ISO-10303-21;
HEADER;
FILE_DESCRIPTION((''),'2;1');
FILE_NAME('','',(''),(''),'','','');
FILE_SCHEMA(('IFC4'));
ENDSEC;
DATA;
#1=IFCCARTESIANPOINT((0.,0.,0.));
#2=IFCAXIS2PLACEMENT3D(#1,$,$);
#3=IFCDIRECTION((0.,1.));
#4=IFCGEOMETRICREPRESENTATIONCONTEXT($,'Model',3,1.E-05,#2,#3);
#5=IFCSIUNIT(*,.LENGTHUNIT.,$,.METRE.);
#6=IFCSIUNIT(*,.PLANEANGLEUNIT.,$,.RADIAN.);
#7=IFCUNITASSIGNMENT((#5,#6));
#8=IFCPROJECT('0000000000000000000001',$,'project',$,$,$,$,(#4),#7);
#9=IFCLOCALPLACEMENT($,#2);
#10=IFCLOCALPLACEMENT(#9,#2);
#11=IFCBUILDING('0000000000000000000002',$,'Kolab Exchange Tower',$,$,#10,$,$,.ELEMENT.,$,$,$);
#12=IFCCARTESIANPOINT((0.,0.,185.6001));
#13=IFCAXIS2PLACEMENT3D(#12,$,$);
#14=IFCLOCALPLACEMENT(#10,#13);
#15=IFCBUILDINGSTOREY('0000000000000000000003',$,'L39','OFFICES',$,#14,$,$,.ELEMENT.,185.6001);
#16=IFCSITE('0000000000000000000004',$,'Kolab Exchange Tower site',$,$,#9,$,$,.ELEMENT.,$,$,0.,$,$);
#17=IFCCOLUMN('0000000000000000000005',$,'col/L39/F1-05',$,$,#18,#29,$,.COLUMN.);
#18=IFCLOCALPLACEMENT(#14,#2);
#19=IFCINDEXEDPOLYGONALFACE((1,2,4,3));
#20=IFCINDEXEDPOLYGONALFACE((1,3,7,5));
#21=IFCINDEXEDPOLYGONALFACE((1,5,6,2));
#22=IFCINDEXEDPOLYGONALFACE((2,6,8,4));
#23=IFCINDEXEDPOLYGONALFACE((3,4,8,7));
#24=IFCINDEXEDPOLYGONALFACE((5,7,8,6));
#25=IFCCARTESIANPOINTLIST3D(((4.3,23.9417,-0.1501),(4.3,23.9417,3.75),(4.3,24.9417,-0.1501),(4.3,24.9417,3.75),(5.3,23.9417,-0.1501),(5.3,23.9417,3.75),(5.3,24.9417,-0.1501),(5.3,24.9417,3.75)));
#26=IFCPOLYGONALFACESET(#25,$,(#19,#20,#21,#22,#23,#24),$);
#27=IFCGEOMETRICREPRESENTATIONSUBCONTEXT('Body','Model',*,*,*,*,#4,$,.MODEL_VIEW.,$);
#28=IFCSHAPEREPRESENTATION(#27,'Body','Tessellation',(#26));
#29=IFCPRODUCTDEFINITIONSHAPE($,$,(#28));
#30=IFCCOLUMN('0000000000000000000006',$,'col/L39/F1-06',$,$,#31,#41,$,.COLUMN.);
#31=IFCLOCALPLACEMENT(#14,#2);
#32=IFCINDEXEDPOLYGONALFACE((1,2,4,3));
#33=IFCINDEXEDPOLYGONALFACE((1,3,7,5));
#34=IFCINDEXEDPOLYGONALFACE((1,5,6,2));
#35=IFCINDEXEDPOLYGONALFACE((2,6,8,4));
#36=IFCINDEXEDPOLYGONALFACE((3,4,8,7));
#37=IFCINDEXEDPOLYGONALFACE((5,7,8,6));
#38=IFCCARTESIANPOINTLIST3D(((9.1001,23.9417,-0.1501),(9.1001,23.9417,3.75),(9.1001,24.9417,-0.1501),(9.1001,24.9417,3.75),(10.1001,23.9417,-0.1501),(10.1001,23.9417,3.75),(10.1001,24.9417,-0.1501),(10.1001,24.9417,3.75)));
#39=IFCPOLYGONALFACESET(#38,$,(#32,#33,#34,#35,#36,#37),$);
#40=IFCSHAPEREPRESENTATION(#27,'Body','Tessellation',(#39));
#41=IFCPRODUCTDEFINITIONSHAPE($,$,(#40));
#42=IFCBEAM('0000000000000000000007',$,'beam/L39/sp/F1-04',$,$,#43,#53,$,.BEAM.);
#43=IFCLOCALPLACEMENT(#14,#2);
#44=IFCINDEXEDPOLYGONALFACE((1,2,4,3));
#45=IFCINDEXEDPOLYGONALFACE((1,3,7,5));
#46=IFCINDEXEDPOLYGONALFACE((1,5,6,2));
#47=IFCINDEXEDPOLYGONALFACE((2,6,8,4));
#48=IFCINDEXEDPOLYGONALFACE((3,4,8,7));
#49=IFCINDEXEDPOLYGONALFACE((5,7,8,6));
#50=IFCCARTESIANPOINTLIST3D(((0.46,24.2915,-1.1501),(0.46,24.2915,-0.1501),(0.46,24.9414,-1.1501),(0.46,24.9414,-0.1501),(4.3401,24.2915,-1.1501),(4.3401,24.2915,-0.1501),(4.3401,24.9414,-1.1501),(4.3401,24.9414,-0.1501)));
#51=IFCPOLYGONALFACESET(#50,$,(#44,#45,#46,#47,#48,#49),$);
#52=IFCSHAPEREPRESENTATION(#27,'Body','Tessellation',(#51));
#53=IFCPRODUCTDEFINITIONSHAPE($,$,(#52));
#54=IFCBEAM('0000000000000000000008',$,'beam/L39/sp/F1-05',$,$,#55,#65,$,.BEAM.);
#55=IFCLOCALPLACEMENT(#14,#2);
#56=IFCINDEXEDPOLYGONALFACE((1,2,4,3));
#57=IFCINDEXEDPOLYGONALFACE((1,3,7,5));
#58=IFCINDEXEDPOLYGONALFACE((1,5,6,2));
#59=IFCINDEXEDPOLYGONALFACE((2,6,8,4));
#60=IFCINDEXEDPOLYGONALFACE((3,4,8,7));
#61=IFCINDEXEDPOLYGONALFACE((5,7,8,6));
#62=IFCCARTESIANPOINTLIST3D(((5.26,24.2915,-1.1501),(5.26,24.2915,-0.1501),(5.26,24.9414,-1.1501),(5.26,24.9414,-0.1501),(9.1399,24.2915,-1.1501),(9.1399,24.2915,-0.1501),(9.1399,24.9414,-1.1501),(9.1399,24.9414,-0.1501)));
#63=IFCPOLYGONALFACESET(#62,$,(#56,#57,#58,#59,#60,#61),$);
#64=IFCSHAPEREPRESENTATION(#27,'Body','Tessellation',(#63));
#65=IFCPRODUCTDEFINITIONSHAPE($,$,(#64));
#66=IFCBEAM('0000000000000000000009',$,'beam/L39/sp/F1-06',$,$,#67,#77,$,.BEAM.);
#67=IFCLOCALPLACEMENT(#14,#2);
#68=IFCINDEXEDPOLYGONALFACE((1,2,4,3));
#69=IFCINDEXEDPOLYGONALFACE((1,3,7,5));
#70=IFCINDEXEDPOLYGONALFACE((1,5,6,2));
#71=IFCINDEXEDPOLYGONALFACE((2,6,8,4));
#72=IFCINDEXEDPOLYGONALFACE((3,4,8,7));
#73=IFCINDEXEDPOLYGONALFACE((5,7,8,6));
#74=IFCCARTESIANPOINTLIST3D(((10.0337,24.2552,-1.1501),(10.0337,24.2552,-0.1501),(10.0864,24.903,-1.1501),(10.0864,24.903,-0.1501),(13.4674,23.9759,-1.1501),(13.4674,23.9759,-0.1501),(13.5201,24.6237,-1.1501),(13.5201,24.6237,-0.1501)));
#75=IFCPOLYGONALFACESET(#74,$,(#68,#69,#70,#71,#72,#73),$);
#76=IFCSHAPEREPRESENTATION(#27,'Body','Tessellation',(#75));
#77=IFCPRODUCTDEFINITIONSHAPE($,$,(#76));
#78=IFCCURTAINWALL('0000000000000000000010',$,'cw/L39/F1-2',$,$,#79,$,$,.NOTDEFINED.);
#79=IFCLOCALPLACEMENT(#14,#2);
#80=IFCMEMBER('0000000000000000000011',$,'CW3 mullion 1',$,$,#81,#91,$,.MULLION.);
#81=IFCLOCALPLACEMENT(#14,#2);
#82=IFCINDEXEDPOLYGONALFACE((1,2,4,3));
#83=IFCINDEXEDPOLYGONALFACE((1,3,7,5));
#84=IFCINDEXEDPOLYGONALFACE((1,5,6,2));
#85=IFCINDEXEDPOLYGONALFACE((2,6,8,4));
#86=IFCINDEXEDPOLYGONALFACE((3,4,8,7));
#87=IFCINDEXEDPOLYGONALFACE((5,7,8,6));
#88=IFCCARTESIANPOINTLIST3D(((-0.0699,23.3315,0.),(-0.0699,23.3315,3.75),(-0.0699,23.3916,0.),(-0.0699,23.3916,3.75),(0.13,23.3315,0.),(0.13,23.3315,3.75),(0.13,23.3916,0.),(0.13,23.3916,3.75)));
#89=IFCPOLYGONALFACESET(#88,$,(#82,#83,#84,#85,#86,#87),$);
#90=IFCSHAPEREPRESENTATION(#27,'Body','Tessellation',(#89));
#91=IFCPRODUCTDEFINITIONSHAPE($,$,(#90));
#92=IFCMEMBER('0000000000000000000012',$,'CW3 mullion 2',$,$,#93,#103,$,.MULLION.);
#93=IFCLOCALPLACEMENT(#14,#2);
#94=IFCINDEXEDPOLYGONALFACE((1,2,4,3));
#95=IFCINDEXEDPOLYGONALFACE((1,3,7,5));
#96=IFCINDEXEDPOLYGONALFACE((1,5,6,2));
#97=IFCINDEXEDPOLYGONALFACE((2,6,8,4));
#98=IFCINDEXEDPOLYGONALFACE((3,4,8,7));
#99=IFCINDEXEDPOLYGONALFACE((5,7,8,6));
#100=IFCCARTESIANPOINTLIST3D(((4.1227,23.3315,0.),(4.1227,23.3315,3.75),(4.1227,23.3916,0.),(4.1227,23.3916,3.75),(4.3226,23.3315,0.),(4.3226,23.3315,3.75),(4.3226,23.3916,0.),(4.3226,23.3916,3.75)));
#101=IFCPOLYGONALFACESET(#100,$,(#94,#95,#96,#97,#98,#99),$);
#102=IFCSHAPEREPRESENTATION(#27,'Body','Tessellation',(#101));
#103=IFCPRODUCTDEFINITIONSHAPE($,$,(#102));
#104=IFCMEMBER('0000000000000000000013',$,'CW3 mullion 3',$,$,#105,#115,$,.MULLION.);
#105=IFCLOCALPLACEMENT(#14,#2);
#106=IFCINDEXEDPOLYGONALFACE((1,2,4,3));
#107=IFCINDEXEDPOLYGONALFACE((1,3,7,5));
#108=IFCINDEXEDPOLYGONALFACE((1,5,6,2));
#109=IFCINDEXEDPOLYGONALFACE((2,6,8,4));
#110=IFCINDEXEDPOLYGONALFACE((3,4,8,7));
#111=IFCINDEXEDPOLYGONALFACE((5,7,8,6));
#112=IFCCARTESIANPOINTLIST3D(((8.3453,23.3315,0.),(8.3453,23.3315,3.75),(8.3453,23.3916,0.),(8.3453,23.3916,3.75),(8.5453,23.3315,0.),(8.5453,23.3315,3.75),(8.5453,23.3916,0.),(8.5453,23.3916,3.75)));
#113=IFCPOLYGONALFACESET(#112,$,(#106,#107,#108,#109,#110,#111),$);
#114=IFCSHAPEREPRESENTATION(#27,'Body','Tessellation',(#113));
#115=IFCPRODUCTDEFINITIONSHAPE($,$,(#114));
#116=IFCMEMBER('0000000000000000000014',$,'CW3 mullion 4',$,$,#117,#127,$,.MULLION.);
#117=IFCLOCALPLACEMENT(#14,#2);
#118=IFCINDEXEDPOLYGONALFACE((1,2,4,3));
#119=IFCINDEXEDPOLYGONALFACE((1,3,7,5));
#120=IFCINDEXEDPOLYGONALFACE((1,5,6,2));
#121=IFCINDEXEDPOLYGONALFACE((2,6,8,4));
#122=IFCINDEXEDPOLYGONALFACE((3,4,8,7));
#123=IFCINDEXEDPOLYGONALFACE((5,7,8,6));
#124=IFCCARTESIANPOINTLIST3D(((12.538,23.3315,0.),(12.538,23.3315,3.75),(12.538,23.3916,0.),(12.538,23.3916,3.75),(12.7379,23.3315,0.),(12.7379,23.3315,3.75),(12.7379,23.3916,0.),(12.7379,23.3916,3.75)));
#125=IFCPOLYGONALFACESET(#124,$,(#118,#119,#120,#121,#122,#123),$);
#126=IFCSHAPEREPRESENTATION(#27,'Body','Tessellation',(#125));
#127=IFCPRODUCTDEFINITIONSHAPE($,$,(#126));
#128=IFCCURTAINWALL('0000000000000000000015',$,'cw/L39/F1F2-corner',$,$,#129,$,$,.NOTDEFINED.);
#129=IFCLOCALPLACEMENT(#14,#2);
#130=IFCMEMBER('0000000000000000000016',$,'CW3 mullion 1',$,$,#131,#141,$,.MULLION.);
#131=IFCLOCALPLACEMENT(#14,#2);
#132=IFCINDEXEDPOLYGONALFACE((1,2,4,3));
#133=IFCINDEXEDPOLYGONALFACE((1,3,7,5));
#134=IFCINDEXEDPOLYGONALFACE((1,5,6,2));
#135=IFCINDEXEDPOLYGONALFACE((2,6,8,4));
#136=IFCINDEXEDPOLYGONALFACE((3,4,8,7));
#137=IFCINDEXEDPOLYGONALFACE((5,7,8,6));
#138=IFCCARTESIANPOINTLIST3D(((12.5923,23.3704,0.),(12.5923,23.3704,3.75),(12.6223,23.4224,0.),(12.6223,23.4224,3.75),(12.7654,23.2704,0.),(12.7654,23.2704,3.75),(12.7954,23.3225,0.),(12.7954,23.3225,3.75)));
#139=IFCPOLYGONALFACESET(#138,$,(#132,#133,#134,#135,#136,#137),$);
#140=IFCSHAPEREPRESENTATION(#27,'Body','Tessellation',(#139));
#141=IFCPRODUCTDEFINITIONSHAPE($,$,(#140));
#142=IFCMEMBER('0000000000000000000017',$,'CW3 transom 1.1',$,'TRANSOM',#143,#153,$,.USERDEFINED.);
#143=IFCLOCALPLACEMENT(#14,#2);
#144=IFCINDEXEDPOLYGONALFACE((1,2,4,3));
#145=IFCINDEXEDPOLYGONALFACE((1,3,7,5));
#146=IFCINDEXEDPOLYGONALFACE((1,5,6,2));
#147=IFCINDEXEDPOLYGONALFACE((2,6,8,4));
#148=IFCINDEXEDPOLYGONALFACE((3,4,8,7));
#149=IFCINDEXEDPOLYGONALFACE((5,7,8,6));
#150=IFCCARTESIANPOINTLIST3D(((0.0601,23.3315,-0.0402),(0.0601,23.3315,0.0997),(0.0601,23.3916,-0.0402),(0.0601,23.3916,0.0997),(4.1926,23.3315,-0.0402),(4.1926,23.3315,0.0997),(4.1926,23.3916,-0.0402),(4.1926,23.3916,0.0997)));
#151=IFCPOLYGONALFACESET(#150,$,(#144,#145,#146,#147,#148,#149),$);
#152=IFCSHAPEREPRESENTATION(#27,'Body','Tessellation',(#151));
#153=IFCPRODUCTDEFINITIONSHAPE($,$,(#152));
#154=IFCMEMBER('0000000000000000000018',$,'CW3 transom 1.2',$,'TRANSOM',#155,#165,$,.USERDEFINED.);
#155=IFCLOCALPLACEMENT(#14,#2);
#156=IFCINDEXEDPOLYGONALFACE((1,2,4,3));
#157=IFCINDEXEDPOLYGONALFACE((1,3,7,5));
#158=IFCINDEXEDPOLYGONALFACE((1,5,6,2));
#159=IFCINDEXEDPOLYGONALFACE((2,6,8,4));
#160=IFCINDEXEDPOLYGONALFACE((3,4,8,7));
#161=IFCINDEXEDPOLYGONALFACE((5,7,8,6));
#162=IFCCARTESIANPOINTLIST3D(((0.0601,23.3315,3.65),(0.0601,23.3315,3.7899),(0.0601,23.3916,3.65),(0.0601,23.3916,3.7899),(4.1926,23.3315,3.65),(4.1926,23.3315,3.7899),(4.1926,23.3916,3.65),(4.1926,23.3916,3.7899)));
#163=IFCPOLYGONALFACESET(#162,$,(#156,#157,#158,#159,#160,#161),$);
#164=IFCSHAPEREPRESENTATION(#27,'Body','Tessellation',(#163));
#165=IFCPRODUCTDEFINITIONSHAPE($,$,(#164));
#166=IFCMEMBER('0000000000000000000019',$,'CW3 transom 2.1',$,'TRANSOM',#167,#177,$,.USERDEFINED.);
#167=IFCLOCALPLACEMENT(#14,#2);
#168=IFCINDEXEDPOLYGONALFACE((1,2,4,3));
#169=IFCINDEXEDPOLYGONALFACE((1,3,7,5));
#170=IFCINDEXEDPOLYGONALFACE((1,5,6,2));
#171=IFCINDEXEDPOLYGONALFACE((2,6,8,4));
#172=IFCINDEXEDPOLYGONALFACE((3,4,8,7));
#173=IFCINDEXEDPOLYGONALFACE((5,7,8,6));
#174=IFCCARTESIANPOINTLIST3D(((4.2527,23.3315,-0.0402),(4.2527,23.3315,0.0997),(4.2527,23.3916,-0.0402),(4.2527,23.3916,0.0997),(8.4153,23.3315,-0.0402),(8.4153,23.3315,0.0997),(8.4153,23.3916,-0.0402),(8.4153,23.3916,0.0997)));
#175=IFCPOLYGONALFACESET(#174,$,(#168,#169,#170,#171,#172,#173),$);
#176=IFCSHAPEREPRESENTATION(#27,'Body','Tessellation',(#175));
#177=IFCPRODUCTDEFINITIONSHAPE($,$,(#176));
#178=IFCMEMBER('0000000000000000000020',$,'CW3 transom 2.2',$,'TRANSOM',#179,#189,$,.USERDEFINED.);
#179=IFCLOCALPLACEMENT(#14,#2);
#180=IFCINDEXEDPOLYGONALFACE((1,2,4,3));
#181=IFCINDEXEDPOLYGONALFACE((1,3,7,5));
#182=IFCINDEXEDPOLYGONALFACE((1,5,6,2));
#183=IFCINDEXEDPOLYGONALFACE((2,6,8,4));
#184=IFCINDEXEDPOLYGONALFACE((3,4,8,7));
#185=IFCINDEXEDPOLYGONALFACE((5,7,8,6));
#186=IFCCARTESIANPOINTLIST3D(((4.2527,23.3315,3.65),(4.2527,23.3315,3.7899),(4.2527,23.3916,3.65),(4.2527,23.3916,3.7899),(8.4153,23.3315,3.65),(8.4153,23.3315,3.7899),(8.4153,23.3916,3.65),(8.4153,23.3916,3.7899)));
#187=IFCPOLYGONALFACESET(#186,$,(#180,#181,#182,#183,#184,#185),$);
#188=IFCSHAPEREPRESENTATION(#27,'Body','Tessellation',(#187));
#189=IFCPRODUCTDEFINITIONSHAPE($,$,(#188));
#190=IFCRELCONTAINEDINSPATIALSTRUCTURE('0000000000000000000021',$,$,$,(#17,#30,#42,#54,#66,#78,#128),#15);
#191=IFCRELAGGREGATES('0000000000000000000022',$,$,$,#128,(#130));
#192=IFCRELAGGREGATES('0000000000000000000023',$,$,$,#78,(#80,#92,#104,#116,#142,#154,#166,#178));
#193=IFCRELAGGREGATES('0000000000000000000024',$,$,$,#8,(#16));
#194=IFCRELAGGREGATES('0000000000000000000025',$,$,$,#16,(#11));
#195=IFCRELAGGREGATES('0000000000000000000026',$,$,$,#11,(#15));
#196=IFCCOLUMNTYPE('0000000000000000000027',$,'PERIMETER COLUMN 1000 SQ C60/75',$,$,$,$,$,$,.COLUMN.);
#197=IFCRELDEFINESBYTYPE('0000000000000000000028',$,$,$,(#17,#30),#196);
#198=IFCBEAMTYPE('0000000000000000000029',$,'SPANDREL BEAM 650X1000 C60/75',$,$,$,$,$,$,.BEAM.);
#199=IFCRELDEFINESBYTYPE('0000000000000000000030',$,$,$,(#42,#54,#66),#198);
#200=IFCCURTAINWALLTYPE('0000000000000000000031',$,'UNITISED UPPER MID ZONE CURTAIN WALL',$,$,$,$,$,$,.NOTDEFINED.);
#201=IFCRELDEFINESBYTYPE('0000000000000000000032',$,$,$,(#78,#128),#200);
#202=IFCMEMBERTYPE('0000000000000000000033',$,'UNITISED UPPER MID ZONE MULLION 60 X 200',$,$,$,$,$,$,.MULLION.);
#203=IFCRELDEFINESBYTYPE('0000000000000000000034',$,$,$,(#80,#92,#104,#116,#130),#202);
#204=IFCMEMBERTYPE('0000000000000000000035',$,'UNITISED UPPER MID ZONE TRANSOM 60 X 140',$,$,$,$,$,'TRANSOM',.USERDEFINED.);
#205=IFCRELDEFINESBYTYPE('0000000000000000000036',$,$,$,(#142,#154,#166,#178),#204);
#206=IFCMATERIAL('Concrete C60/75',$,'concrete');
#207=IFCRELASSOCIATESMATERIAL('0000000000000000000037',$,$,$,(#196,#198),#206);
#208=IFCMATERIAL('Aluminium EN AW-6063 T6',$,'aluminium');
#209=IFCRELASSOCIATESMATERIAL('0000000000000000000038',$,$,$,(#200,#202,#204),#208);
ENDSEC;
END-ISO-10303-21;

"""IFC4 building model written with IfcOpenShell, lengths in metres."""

from ifc_helpers import new_model, si_unit, direction, frame, origin, origin_2d, place, context, subcontext, project, spatial, rectangle, extrude, material, material_profile, profile_set, type_object, element, aggregate, save


model = new_model("IFC4")

# Units and contexts
model_context = context("Model", 3, precision=1e-05, world=origin(), true_north=direction((0.0, 1.0)))
body_context = subcontext(model_context, "Body", "Model", "MODEL_VIEW")
ifc_project = project(units=[si_unit("LENGTHUNIT", "METRE"), si_unit("PLANEANGLEUNIT", "RADIAN")], contexts=[model_context])

# Site, building, storey
site_placement = place(None, origin())
site = spatial("IfcSite", under=ifc_project, at=site_placement, Name="Kolab Exchange Tower site", CompositionType="ELEMENT", RefElevation=0.0)
building_placement = place(site_placement, origin())
building = spatial("IfcBuilding", under=site, at=building_placement, Name="Kolab Exchange Tower", CompositionType="ELEMENT")
storey_placement = place(building_placement, frame((0.0, 0.0, 185.6001)))
storey = spatial("IfcBuildingStorey", under=building, at=storey_placement, Name="L39", Description="OFFICES", CompositionType="ELEMENT", Elevation=185.6001)

# Columns
ifc_material_1 = material(Name="Concrete C60/75", Category="concrete")
ifc_material_profile_1 = material_profile(ifc_material_1, rectangle(XDim=1.0, YDim=1.0, at=origin_2d()), Name="RC1000")
ifc_profile_set_1 = profile_set([ifc_material_profile_1], Name="Concrete C60/75")
column_type = type_object("IfcColumnType", Name="PERIMETER COLUMN 1000 SQ C60/75", PredefinedType="COLUMN", material=ifc_profile_set_1)
for number, where, z_axis, x_axis, name in (
    (1, (4.8, 24.4417, -0.1501), (0.0, 0.0, 1.0), (1.0, 0.0, 0.0), "col/L39/F1-05"),
    (2, (9.6001, 24.4417, -0.1501), (0.0, 0.0, 1.0), (1.0, 0.0, 0.0), "col/L39/F1-06"),
):
    element("IfcColumn", number, at=place(storey_placement, frame(where, z_axis=z_axis, x_axis=x_axis)), inside=storey, type_object=column_type, Name=name, PredefinedType="COLUMN", context=body_context, shape_type="SweptSolid", body=[
        extrude(rectangle(XDim=1.0, YDim=1.0, at=origin_2d()), origin(), (0.0, 0.0, 1.0), 3.9001),
    ])

# Beams
ifc_material_profile_2 = material_profile(ifc_material_1, rectangle(XDim=0.6499, YDim=1.0, at=origin_2d()), Name="RC650X1000")
ifc_profile_set_2 = profile_set([ifc_material_profile_2], Name="Concrete C60/75")
beam_type = type_object("IfcBeamType", Name="SPANDREL BEAM 650X1000 C60/75", PredefinedType="BEAM", material=ifc_profile_set_2)
beam_1_placement = place(storey_placement, frame((0.46, 24.6165, -0.6501), z_axis=(1.0, 0.0, 0.0), x_axis=(0.0, 1.0, 0.0)))
element("IfcBeam", 3, at=beam_1_placement, inside=storey, type_object=beam_type, Name="beam/L39/sp/F1-04", PredefinedType="BEAM", context=body_context, shape_type="SweptSolid", body=[
    extrude(rectangle(XDim=0.6499, YDim=1.0, at=origin_2d()), origin(), (0.0, 0.0, 1.0), 3.8801),
])
beam_2_placement = place(storey_placement, frame((5.26, 24.6165, -0.6501), z_axis=(1.0, 0.0, 0.0), x_axis=(0.0, 1.0, 0.0)))
element("IfcBeam", 4, at=beam_2_placement, inside=storey, type_object=beam_type, Name="beam/L39/sp/F1-05", PredefinedType="BEAM", context=body_context, shape_type="SweptSolid", body=[
    extrude(rectangle(XDim=0.6499, YDim=1.0, at=origin_2d()), origin(), (0.0, 0.0, 1.0), 3.8799),
])
beam_3_placement = place(storey_placement, frame((10.0601, 24.5791, -0.6501), z_axis=(0.996708, -0.081069, 0.0), x_axis=(0.081069, 0.996708, 0.0)))
element("IfcBeam", 5, at=beam_3_placement, inside=storey, type_object=beam_type, Name="beam/L39/sp/F1-06", PredefinedType="BEAM", context=body_context, shape_type="SweptSolid", body=[
    extrude(rectangle(XDim=0.6499, YDim=1.0, at=origin_2d()), origin(), (0.0, 0.0, 1.0), 3.4451),
])

# Curtain wall, members
ifc_material_2 = material(Name="Aluminium EN AW-6063 T6", Category="aluminium")
curtain_wall_type = type_object("IfcCurtainWallType", Name="UNITISED UPPER MID ZONE CURTAIN WALL", PredefinedType="NOTDEFINED", material=ifc_material_2)
curtain_wall_1_placement = place(storey_placement, origin())
curtain_wall_1 = element("IfcCurtainWall", 6, at=curtain_wall_1_placement, inside=storey, type_object=curtain_wall_type, Name="cw/L39/F1-2", PredefinedType="NOTDEFINED")
ifc_material_profile_3 = material_profile(ifc_material_2, rectangle(XDim=0.0601, YDim=0.2, at=origin_2d()), Name="RECT 60X200")
ifc_profile_set_3 = profile_set([ifc_material_profile_3], Name="Aluminium EN AW-6063 T6")
member_type_1 = type_object("IfcMemberType", Name="UNITISED UPPER MID ZONE MULLION 60 X 200", PredefinedType="MULLION", material=ifc_profile_set_3)
member_1_placement = place(storey_placement, frame((0.03, 23.3616, 0.0), z_axis=(0.0, 0.0, 1.0), x_axis=(0.0, 1.0, 0.0)))
member_1 = element("IfcMember", 7, at=member_1_placement, type_object=member_type_1, Name="CW3 mullion 1", PredefinedType="MULLION", context=body_context, shape_type="SweptSolid", body=[
    extrude(rectangle(XDim=0.0601, YDim=0.2, at=origin_2d()), origin(), (0.0, 0.0, 1.0), 3.75),
])
member_2_placement = place(storey_placement, frame((4.2227, 23.3616, 0.0), z_axis=(0.0, 0.0, 1.0), x_axis=(0.0, 1.0, 0.0)))
member_2 = element("IfcMember", 8, at=member_2_placement, type_object=member_type_1, Name="CW3 mullion 2", PredefinedType="MULLION", context=body_context, shape_type="SweptSolid", body=[
    extrude(rectangle(XDim=0.0601, YDim=0.2, at=origin_2d()), origin(), (0.0, 0.0, 1.0), 3.75),
])
member_3_placement = place(storey_placement, frame((8.4453, 23.3616, 0.0), z_axis=(0.0, 0.0, 1.0), x_axis=(0.0, 1.0, 0.0)))
member_3 = element("IfcMember", 9, at=member_3_placement, type_object=member_type_1, Name="CW3 mullion 3", PredefinedType="MULLION", context=body_context, shape_type="SweptSolid", body=[
    extrude(rectangle(XDim=0.0601, YDim=0.2, at=origin_2d()), origin(), (0.0, 0.0, 1.0), 3.75),
])
member_4_placement = place(storey_placement, frame((12.6379, 23.3616, 0.0), z_axis=(0.0, 0.0, 1.0), x_axis=(0.0, 1.0, 0.0)))
member_4 = element("IfcMember", 10, at=member_4_placement, type_object=member_type_1, Name="CW3 mullion 4", PredefinedType="MULLION", context=body_context, shape_type="SweptSolid", body=[
    extrude(rectangle(XDim=0.0601, YDim=0.2, at=origin_2d()), origin(), (0.0, 0.0, 1.0), 3.75),
])

# Curtain wall, member
curtain_wall_2_placement = place(storey_placement, origin())
curtain_wall_2 = element("IfcCurtainWall", 11, at=curtain_wall_2_placement, inside=storey, type_object=curtain_wall_type, Name="cw/L39/F1F2-corner", PredefinedType="NOTDEFINED")
member_5_placement = place(storey_placement, frame((12.6938, 23.3464, 0.0), z_axis=(0.0, 0.0, 1.0), x_axis=(0.5, 0.866025, 0.0)))
member_5 = element("IfcMember", 12, at=member_5_placement, type_object=member_type_1, Name="CW3 mullion 1", PredefinedType="MULLION", context=body_context, shape_type="SweptSolid", body=[
    extrude(rectangle(XDim=0.0601, YDim=0.2, at=origin_2d()), origin(), (0.0, 0.0, 1.0), 3.75),
])

# Members
ifc_material_profile_4 = material_profile(ifc_material_2, rectangle(XDim=0.0601, YDim=0.1399, at=origin_2d()), Name="RECT 60X140")
ifc_profile_set_4 = profile_set([ifc_material_profile_4], Name="Aluminium EN AW-6063 T6")
member_type_2 = type_object("IfcMemberType", Name="UNITISED UPPER MID ZONE TRANSOM 60 X 140", ElementType="TRANSOM", PredefinedType="USERDEFINED", material=ifc_profile_set_4)
member_6_placement = place(storey_placement, frame((0.0601, 23.3616, 0.0298), z_axis=(1.0, 0.0, 0.0), x_axis=(0.0, 1.0, 0.0)))
member_6 = element("IfcMember", 13, at=member_6_placement, type_object=member_type_2, Name="CW3 transom 1.1", ObjectType="TRANSOM", PredefinedType="USERDEFINED", context=body_context, shape_type="SweptSolid", body=[
    extrude(rectangle(XDim=0.0601, YDim=0.1399, at=origin_2d()), origin(), (0.0, 0.0, 1.0), 4.1326),
])
member_7_placement = place(storey_placement, frame((0.0601, 23.3616, 3.72), z_axis=(1.0, 0.0, 0.0), x_axis=(0.0, 1.0, 0.0)))
member_7 = element("IfcMember", 14, at=member_7_placement, type_object=member_type_2, Name="CW3 transom 1.2", ObjectType="TRANSOM", PredefinedType="USERDEFINED", context=body_context, shape_type="SweptSolid", body=[
    extrude(rectangle(XDim=0.0601, YDim=0.1399, at=origin_2d()), origin(), (0.0, 0.0, 1.0), 4.1326),
])
member_8_placement = place(storey_placement, frame((4.2527, 23.3616, 0.0298), z_axis=(1.0, 0.0, 0.0), x_axis=(0.0, 1.0, 0.0)))
member_8 = element("IfcMember", 15, at=member_8_placement, type_object=member_type_2, Name="CW3 transom 2.1", ObjectType="TRANSOM", PredefinedType="USERDEFINED", context=body_context, shape_type="SweptSolid", body=[
    extrude(rectangle(XDim=0.0601, YDim=0.1399, at=origin_2d()), origin(), (0.0, 0.0, 1.0), 4.1626),
])
member_9_placement = place(storey_placement, frame((4.2527, 23.3616, 3.72), z_axis=(1.0, 0.0, 0.0), x_axis=(0.0, 1.0, 0.0)))
member_9 = element("IfcMember", 16, at=member_9_placement, type_object=member_type_2, Name="CW3 transom 2.2", ObjectType="TRANSOM", PredefinedType="USERDEFINED", context=body_context, shape_type="SweptSolid", body=[
    extrude(rectangle(XDim=0.0601, YDim=0.1399, at=origin_2d()), origin(), (0.0, 0.0, 1.0), 4.1626),
])
aggregate(curtain_wall_2, [member_5])

aggregate(curtain_wall_1, [member_1, member_2, member_3, member_4, member_6, member_7, member_8, member_9])

save(model, "model.ifc")
